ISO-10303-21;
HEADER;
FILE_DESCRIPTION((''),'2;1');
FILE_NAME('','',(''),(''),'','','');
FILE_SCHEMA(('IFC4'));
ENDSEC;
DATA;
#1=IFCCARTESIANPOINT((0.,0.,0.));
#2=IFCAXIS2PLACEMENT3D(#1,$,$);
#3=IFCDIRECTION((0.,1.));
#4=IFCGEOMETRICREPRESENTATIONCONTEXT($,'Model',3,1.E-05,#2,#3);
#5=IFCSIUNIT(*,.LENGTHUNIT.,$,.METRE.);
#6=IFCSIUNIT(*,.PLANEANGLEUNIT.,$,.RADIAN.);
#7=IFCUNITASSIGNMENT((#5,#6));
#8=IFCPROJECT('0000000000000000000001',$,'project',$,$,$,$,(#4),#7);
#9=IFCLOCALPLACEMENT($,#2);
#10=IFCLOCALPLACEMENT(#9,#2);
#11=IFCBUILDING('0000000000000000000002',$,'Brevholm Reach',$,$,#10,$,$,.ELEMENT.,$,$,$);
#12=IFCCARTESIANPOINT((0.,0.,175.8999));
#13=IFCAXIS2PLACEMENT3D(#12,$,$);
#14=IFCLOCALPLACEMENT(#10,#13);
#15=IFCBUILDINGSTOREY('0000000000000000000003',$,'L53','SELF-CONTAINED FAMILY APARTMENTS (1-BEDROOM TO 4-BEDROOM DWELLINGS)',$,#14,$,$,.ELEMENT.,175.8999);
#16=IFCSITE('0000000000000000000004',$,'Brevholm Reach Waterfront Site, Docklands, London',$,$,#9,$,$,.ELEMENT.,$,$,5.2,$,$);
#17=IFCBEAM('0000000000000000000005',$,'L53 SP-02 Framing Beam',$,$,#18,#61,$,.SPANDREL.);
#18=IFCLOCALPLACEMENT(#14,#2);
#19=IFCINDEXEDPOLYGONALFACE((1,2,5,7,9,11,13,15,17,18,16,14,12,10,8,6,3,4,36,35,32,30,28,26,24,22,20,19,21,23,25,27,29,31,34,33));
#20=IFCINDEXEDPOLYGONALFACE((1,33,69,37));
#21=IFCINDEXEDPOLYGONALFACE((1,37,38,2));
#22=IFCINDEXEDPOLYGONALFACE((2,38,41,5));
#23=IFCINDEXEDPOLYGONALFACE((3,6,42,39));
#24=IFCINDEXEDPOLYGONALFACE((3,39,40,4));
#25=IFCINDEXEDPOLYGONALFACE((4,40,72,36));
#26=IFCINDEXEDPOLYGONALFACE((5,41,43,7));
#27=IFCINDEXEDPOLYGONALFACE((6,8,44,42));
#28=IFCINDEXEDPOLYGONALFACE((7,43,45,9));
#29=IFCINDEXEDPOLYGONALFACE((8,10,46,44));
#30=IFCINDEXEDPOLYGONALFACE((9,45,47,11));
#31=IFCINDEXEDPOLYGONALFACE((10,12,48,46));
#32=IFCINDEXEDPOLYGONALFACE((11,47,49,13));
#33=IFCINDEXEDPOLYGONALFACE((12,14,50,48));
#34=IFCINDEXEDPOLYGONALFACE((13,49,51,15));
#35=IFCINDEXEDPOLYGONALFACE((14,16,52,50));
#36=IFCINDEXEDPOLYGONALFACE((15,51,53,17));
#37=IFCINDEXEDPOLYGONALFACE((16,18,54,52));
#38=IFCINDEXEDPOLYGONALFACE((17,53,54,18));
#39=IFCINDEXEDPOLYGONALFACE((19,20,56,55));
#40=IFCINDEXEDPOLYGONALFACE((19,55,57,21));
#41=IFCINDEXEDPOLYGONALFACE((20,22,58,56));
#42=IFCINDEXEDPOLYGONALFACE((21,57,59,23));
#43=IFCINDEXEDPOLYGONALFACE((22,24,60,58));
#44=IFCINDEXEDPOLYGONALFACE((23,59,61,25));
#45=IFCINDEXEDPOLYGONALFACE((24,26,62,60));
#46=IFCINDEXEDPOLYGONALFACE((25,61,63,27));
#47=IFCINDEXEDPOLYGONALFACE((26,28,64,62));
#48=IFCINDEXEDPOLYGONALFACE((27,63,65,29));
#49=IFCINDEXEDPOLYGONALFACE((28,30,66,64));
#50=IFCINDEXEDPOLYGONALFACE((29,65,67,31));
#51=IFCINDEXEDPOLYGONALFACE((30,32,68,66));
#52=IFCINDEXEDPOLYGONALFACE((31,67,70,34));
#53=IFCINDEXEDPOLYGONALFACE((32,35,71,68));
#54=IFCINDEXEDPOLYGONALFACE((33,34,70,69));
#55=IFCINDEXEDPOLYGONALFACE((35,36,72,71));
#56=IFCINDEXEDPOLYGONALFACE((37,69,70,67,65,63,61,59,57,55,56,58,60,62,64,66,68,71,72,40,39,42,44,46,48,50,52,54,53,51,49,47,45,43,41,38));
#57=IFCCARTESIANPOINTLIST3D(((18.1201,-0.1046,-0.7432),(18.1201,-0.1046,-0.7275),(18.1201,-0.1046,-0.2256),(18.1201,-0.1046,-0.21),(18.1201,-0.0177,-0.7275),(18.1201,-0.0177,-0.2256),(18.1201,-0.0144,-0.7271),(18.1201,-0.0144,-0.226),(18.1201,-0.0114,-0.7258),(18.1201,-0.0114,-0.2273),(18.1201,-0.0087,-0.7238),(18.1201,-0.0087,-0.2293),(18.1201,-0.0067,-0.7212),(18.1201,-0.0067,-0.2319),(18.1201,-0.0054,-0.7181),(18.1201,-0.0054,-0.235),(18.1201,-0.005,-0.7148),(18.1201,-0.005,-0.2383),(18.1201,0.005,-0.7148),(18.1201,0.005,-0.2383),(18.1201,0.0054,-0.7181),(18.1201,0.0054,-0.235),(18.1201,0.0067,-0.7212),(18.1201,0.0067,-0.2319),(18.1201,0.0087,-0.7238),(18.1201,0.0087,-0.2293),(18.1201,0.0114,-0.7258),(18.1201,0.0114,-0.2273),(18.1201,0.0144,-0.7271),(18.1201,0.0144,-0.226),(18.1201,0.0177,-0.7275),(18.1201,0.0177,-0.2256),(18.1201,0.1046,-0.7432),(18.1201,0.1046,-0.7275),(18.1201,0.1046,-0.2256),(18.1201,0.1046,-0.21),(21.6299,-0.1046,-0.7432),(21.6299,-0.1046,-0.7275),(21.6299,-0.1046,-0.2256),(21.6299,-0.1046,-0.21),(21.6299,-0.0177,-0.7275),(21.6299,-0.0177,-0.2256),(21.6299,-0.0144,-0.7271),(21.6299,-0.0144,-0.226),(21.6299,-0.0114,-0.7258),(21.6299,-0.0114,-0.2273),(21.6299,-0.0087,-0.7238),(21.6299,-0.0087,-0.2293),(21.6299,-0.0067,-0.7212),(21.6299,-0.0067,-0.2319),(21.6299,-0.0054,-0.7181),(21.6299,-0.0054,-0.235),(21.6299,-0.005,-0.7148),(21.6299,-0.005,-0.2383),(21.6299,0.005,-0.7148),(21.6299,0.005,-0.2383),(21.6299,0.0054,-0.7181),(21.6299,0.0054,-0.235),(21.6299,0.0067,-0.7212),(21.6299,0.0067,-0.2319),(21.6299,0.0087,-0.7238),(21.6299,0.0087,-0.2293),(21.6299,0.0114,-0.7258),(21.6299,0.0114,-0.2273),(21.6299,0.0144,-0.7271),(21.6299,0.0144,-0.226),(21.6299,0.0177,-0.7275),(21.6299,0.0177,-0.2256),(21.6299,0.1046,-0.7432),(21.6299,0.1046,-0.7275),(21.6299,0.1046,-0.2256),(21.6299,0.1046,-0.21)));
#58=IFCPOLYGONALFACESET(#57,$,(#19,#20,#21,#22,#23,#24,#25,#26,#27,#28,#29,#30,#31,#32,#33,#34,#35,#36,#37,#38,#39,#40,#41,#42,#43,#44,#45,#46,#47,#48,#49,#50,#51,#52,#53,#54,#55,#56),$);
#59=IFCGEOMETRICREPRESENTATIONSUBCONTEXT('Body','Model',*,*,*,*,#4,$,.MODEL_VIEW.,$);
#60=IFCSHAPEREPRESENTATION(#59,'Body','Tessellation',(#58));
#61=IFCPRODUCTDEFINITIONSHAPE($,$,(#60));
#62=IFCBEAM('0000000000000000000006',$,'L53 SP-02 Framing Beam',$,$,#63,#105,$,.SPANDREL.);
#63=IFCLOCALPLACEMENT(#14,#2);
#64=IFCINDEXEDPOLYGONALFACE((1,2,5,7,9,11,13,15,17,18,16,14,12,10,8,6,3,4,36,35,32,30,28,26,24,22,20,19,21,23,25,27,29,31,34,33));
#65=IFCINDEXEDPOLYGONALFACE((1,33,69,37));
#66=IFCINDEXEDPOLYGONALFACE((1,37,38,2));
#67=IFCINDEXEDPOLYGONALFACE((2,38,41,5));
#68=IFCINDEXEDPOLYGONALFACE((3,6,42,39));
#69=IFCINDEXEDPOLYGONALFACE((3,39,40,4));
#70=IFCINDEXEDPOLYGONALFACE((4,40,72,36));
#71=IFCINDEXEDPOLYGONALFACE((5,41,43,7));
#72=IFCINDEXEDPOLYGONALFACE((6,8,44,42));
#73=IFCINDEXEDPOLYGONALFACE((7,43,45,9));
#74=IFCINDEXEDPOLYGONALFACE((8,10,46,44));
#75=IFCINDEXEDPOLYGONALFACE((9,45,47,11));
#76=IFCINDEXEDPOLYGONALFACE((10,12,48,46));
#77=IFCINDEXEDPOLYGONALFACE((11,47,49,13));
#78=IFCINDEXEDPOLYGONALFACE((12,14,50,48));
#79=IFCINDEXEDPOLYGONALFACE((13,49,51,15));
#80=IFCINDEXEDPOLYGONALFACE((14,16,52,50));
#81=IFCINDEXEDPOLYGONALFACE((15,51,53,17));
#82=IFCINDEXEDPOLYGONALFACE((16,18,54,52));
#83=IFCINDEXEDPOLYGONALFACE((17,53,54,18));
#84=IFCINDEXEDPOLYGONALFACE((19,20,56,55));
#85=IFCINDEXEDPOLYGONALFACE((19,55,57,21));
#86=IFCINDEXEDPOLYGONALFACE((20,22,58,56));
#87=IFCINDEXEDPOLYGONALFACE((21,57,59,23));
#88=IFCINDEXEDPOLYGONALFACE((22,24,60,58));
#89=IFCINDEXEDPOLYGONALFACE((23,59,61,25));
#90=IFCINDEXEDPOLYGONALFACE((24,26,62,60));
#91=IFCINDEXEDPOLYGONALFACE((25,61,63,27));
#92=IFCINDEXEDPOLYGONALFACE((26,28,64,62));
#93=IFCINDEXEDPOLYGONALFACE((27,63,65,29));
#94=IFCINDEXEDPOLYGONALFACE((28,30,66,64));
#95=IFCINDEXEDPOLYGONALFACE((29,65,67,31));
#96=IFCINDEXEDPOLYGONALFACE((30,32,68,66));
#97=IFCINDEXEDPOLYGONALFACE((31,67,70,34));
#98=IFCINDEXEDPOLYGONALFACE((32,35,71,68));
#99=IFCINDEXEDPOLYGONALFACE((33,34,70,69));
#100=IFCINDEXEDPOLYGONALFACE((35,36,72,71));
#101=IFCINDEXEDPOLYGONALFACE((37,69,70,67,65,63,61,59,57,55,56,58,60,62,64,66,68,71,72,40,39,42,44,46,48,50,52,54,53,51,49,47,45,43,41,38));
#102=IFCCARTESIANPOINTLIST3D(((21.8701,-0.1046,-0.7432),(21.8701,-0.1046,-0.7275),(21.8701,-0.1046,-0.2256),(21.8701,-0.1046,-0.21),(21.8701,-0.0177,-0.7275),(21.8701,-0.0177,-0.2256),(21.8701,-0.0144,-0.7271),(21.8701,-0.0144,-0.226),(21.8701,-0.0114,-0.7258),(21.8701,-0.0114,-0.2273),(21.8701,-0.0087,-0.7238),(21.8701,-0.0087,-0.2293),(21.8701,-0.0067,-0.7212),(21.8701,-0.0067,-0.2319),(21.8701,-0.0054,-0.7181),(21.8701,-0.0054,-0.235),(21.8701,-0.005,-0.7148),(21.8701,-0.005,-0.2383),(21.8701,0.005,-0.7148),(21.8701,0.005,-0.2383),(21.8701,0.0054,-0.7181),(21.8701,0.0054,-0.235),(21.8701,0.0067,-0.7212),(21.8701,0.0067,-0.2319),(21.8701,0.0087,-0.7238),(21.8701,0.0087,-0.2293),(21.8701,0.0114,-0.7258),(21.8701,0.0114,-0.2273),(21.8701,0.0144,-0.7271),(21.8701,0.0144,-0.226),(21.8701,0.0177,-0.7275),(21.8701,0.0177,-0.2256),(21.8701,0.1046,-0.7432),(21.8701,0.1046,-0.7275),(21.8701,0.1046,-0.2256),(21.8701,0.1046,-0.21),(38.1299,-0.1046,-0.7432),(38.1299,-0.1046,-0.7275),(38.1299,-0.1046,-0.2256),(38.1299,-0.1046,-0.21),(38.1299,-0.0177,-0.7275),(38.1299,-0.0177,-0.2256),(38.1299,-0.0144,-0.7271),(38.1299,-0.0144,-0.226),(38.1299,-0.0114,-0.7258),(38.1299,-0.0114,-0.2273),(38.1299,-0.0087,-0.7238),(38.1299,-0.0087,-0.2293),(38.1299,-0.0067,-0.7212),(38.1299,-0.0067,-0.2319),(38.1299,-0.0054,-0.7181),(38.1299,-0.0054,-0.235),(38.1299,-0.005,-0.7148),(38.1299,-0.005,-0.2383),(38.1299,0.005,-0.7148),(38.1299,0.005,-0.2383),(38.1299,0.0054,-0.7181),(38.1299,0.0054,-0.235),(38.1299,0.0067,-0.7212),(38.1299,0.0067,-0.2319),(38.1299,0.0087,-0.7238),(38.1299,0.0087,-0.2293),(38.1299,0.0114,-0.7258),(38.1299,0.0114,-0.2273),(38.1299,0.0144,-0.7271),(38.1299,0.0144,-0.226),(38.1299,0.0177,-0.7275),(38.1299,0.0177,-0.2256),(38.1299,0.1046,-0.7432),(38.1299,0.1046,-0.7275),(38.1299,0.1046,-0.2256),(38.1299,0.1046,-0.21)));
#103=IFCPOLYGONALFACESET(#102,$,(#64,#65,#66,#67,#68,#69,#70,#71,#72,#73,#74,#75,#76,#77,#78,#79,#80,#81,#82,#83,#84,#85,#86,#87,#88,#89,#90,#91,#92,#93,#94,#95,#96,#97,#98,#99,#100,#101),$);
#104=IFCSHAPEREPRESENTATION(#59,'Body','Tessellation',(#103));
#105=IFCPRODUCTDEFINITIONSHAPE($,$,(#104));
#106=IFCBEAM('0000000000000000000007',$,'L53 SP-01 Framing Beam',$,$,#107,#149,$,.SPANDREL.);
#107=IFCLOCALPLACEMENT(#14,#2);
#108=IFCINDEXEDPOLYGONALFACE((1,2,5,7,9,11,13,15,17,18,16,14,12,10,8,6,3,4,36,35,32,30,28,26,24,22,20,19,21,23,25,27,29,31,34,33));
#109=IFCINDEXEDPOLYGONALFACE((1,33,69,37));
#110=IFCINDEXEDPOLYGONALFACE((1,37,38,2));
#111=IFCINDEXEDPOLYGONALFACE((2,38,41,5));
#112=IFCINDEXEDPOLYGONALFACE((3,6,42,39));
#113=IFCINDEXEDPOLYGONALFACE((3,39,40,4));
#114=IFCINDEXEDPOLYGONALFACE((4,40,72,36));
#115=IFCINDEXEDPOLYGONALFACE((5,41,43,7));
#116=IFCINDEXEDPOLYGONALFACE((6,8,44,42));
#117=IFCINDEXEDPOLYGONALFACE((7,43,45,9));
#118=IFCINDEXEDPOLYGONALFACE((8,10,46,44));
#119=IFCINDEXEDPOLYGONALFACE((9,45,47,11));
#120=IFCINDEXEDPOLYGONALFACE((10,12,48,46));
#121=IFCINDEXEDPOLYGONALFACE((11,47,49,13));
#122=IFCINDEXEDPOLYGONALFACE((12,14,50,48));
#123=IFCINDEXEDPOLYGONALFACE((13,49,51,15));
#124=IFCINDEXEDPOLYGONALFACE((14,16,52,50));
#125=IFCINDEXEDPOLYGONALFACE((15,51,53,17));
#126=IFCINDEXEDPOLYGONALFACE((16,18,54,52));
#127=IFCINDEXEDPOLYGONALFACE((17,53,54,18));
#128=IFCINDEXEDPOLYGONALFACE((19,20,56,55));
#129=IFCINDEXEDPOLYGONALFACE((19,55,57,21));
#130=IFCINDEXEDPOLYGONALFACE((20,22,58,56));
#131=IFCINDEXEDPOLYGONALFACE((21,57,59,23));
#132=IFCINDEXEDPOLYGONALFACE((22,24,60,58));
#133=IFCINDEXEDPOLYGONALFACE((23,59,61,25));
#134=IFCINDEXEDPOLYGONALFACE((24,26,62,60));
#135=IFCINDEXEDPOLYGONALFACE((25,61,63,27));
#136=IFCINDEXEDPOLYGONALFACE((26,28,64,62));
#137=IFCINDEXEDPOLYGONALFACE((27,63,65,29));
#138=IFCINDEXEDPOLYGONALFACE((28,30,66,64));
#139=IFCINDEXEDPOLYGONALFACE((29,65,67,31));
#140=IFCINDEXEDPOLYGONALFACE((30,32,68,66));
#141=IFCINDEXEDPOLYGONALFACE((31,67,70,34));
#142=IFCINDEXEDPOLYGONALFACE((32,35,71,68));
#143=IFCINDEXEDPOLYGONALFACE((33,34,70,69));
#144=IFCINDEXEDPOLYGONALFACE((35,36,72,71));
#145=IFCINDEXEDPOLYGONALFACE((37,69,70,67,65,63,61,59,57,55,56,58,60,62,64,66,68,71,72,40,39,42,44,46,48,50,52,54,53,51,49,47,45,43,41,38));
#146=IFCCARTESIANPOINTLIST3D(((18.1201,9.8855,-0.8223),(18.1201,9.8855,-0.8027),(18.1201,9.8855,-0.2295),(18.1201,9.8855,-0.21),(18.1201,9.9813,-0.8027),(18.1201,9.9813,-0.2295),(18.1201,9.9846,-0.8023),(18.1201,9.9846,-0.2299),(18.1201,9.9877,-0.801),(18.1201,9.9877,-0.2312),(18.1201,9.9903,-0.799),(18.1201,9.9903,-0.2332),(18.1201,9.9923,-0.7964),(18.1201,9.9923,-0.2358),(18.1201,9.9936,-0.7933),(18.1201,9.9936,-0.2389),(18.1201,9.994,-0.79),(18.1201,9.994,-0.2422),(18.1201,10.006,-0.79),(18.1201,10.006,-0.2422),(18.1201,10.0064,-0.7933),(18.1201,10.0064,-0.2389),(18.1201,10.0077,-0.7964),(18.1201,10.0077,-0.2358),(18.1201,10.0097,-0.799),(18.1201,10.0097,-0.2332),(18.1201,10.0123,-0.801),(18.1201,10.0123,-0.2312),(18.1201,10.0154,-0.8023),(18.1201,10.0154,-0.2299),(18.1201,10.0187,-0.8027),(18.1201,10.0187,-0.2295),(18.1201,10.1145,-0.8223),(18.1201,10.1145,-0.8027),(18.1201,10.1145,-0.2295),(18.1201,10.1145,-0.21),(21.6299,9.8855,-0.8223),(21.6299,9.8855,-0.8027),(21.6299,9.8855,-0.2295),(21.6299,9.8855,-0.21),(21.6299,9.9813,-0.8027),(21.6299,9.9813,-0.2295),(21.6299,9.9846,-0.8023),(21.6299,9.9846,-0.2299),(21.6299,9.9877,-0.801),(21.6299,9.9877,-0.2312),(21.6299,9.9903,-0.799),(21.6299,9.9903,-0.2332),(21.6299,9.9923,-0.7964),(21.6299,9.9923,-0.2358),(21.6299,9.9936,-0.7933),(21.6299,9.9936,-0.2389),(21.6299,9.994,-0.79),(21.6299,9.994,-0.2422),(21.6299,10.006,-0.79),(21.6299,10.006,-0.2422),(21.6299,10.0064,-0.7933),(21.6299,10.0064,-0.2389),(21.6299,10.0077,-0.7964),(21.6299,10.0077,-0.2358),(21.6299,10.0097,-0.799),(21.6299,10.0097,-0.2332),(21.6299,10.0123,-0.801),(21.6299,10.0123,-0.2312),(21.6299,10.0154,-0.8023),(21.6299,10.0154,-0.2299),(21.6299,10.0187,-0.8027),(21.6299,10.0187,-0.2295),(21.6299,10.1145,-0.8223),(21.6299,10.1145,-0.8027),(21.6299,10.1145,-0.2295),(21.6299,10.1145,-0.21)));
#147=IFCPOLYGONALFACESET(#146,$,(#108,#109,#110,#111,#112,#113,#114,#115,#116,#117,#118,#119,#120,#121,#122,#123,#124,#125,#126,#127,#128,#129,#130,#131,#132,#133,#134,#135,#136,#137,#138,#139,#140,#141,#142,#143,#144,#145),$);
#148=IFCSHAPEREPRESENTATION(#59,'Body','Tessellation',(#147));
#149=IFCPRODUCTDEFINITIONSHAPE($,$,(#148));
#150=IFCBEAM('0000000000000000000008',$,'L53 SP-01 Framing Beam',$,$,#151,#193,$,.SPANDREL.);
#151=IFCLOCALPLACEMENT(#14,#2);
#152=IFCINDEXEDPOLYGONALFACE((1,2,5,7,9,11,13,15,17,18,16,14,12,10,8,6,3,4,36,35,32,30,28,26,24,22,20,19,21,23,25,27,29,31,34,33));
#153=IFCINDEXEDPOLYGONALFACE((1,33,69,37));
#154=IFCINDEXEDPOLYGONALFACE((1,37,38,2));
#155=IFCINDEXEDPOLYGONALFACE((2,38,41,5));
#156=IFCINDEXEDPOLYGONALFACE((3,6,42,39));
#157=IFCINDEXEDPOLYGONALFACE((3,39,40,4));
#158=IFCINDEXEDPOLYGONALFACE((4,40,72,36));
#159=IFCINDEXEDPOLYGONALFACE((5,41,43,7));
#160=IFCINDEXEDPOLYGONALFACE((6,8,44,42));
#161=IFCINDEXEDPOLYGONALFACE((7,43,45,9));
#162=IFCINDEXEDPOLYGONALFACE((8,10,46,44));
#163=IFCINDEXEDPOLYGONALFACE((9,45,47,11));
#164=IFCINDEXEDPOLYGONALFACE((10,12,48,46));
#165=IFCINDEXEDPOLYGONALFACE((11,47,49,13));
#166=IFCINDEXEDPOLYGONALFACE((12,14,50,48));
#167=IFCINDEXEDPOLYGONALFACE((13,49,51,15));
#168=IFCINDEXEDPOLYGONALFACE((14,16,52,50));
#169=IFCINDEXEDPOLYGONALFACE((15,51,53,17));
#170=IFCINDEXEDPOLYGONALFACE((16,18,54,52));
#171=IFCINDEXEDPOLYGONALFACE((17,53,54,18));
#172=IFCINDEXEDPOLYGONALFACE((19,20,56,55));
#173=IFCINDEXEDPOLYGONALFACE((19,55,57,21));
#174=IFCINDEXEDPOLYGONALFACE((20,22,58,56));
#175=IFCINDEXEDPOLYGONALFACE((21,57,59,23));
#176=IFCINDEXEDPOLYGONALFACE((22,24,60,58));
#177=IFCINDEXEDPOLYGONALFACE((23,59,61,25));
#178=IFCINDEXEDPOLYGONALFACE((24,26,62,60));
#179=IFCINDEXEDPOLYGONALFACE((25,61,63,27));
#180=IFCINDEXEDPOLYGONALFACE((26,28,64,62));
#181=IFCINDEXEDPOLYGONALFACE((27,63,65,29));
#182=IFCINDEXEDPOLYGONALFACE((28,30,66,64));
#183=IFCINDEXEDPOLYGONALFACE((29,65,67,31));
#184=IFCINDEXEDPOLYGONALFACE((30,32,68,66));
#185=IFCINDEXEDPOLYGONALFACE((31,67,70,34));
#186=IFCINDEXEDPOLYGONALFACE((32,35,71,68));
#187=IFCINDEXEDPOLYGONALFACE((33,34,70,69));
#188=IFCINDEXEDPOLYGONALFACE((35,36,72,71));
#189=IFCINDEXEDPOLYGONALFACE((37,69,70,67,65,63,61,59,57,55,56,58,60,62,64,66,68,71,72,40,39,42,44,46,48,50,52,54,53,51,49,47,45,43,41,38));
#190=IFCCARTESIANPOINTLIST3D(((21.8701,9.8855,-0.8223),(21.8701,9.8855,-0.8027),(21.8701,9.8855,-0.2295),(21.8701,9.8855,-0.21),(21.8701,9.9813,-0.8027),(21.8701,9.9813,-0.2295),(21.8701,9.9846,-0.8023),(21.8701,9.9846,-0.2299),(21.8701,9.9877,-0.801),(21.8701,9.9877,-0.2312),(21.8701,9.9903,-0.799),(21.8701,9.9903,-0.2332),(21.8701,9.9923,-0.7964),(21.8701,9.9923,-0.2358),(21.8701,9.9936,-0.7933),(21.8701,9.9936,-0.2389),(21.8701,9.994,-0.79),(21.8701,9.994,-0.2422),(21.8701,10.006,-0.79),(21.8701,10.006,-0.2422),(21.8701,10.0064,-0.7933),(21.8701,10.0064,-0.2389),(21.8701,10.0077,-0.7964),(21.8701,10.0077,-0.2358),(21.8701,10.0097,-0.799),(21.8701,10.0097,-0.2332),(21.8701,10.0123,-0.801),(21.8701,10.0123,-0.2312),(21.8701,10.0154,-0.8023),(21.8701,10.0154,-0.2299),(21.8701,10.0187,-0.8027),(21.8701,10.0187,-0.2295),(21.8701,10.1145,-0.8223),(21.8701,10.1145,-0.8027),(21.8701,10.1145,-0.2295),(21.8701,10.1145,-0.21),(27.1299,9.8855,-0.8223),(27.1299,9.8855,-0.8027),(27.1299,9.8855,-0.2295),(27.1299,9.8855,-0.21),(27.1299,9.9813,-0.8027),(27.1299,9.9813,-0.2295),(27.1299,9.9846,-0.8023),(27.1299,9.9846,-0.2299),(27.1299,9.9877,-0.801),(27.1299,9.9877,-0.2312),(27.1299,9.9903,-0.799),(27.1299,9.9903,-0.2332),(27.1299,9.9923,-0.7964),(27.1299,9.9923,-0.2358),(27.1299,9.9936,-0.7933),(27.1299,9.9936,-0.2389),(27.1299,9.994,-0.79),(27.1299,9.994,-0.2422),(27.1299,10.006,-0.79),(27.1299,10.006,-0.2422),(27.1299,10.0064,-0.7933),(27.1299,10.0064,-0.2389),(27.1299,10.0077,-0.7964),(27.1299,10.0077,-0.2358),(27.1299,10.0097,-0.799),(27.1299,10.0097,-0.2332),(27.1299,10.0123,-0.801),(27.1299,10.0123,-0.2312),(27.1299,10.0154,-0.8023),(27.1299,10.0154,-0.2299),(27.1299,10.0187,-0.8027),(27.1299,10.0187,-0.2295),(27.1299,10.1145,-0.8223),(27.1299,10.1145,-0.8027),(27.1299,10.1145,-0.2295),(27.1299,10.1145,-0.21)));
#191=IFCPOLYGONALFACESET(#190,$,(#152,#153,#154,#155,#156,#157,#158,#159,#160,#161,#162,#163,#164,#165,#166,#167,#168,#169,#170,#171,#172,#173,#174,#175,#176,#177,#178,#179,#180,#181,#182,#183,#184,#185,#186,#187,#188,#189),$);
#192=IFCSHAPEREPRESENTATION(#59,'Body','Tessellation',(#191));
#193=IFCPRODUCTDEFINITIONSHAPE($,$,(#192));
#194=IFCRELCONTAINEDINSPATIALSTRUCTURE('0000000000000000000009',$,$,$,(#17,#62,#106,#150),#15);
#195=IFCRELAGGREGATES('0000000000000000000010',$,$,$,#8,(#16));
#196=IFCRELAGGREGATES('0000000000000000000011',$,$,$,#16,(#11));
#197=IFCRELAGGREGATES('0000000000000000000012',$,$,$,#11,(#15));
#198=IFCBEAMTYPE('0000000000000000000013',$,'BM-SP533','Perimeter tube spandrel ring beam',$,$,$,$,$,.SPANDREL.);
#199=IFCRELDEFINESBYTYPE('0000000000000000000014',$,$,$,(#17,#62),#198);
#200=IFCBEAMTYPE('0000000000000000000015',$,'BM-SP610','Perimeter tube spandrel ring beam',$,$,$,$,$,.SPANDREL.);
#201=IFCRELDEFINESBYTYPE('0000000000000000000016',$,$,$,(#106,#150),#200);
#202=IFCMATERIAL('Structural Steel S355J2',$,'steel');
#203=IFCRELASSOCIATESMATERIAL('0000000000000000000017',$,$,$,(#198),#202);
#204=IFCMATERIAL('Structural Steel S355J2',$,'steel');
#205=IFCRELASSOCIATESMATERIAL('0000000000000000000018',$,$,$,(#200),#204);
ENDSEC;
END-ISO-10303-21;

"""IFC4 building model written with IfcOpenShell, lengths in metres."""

from ifc_helpers import new_model, si_unit, direction, frame, origin, origin_2d, place, context, subcontext, project, spatial, i_section, extrude, material, material_profile, profile_set, type_object, element, save


model = new_model("IFC4")

# Units and contexts
model_context = context("Model", 3, precision=1e-05, world=origin(), true_north=direction((0.0, 1.0)))
body_context = subcontext(model_context, "Body", "Model", "MODEL_VIEW")
ifc_project = project(units=[si_unit("LENGTHUNIT", "METRE"), si_unit("PLANEANGLEUNIT", "RADIAN")], contexts=[model_context])

# Site, building, storey
site_placement = place(None, origin())
site = spatial("IfcSite", under=ifc_project, at=site_placement, Name="Brevholm Reach Waterfront Site, Docklands, London", CompositionType="ELEMENT", RefElevation=5.2)
building_placement = place(site_placement, origin())
building = spatial("IfcBuilding", under=site, at=building_placement, Name="Brevholm Reach", CompositionType="ELEMENT")
storey_placement = place(building_placement, frame((0.0, 0.0, 175.8999)))
storey = spatial("IfcBuildingStorey", under=building, at=storey_placement, Name="L53", Description="SELF-CONTAINED FAMILY APARTMENTS (1-BEDROOM TO 4-BEDROOM DWELLINGS)", CompositionType="ELEMENT", Elevation=175.8999)

# Beams
ifc_material_1 = material(Name="Structural Steel S355J2", Category="steel")
ifc_material_profile_1 = material_profile(ifc_material_1, i_section(OverallWidth=0.2092, OverallDepth=0.5332, WebThickness=0.01, FlangeThickness=0.0156, FilletRadius=0.0127, at=origin_2d()), Name="UKB 533x210x92")
ifc_profile_set_1 = profile_set([ifc_material_profile_1], Name="Structural Steel S355J2")
beam_type_1 = type_object("IfcBeamType", Name="BM-SP533", Description="Perimeter tube spandrel ring beam", PredefinedType="SPANDREL", material=ifc_profile_set_1)
beam_1_placement = place(storey_placement, frame((18.1201, 0.0, -0.4766), z_axis=(1.0, 0.0, 0.0), x_axis=(0.0, 1.0, 0.0)))
element("IfcBeam", 1, at=beam_1_placement, inside=storey, type_object=beam_type_1, Name="L53 SP-02 Framing Beam", PredefinedType="SPANDREL", context=body_context, shape_type="SweptSolid", body=[
    extrude(i_section(OverallWidth=0.2092, OverallDepth=0.5332, WebThickness=0.01, FlangeThickness=0.0156, FilletRadius=0.0127, at=origin_2d()), origin(), (0.0, 0.0, 1.0), 3.5098),
])
beam_2_placement = place(storey_placement, frame((21.8701, 0.0, -0.4766), z_axis=(1.0, 0.0, 0.0), x_axis=(0.0, 1.0, 0.0)))
element("IfcBeam", 2, at=beam_2_placement, inside=storey, type_object=beam_type_1, Name="L53 SP-02 Framing Beam", PredefinedType="SPANDREL", context=body_context, shape_type="SweptSolid", body=[
    extrude(i_section(OverallWidth=0.2092, OverallDepth=0.5332, WebThickness=0.01, FlangeThickness=0.0156, FilletRadius=0.0127, at=origin_2d()), origin(), (0.0, 0.0, 1.0), 16.2598),
])
ifc_material_2 = material(Name="Structural Steel S355J2", Category="steel")
ifc_material_profile_2 = material_profile(ifc_material_2, i_section(OverallWidth=0.229, OverallDepth=0.6123, WebThickness=0.012, FlangeThickness=0.0195, FilletRadius=0.0127, at=origin_2d()), Name="UKB 610x229x125")
ifc_profile_set_2 = profile_set([ifc_material_profile_2], Name="Structural Steel S355J2")
beam_type_2 = type_object("IfcBeamType", Name="BM-SP610", Description="Perimeter tube spandrel ring beam", PredefinedType="SPANDREL", material=ifc_profile_set_2)
beam_3_placement = place(storey_placement, frame((18.1201, 10.0, -0.5161), z_axis=(1.0, 0.0, 0.0), x_axis=(0.0, 1.0, 0.0)))
element("IfcBeam", 3, at=beam_3_placement, inside=storey, type_object=beam_type_2, Name="L53 SP-01 Framing Beam", PredefinedType="SPANDREL", context=body_context, shape_type="SweptSolid", body=[
    extrude(i_section(OverallWidth=0.229, OverallDepth=0.6123, WebThickness=0.012, FlangeThickness=0.0195, FilletRadius=0.0127, at=origin_2d()), origin(), (0.0, 0.0, 1.0), 3.5098),
])
beam_4_placement = place(storey_placement, frame((21.8701, 10.0, -0.5161), z_axis=(1.0, 0.0, 0.0), x_axis=(0.0, 1.0, 0.0)))
element("IfcBeam", 4, at=beam_4_placement, inside=storey, type_object=beam_type_2, Name="L53 SP-01 Framing Beam", PredefinedType="SPANDREL", context=body_context, shape_type="SweptSolid", body=[
    extrude(i_section(OverallWidth=0.229, OverallDepth=0.6123, WebThickness=0.012, FlangeThickness=0.0195, FilletRadius=0.0127, at=origin_2d()), origin(), (0.0, 0.0, 1.0), 5.2598),
])

save(model, "model.ifc")
